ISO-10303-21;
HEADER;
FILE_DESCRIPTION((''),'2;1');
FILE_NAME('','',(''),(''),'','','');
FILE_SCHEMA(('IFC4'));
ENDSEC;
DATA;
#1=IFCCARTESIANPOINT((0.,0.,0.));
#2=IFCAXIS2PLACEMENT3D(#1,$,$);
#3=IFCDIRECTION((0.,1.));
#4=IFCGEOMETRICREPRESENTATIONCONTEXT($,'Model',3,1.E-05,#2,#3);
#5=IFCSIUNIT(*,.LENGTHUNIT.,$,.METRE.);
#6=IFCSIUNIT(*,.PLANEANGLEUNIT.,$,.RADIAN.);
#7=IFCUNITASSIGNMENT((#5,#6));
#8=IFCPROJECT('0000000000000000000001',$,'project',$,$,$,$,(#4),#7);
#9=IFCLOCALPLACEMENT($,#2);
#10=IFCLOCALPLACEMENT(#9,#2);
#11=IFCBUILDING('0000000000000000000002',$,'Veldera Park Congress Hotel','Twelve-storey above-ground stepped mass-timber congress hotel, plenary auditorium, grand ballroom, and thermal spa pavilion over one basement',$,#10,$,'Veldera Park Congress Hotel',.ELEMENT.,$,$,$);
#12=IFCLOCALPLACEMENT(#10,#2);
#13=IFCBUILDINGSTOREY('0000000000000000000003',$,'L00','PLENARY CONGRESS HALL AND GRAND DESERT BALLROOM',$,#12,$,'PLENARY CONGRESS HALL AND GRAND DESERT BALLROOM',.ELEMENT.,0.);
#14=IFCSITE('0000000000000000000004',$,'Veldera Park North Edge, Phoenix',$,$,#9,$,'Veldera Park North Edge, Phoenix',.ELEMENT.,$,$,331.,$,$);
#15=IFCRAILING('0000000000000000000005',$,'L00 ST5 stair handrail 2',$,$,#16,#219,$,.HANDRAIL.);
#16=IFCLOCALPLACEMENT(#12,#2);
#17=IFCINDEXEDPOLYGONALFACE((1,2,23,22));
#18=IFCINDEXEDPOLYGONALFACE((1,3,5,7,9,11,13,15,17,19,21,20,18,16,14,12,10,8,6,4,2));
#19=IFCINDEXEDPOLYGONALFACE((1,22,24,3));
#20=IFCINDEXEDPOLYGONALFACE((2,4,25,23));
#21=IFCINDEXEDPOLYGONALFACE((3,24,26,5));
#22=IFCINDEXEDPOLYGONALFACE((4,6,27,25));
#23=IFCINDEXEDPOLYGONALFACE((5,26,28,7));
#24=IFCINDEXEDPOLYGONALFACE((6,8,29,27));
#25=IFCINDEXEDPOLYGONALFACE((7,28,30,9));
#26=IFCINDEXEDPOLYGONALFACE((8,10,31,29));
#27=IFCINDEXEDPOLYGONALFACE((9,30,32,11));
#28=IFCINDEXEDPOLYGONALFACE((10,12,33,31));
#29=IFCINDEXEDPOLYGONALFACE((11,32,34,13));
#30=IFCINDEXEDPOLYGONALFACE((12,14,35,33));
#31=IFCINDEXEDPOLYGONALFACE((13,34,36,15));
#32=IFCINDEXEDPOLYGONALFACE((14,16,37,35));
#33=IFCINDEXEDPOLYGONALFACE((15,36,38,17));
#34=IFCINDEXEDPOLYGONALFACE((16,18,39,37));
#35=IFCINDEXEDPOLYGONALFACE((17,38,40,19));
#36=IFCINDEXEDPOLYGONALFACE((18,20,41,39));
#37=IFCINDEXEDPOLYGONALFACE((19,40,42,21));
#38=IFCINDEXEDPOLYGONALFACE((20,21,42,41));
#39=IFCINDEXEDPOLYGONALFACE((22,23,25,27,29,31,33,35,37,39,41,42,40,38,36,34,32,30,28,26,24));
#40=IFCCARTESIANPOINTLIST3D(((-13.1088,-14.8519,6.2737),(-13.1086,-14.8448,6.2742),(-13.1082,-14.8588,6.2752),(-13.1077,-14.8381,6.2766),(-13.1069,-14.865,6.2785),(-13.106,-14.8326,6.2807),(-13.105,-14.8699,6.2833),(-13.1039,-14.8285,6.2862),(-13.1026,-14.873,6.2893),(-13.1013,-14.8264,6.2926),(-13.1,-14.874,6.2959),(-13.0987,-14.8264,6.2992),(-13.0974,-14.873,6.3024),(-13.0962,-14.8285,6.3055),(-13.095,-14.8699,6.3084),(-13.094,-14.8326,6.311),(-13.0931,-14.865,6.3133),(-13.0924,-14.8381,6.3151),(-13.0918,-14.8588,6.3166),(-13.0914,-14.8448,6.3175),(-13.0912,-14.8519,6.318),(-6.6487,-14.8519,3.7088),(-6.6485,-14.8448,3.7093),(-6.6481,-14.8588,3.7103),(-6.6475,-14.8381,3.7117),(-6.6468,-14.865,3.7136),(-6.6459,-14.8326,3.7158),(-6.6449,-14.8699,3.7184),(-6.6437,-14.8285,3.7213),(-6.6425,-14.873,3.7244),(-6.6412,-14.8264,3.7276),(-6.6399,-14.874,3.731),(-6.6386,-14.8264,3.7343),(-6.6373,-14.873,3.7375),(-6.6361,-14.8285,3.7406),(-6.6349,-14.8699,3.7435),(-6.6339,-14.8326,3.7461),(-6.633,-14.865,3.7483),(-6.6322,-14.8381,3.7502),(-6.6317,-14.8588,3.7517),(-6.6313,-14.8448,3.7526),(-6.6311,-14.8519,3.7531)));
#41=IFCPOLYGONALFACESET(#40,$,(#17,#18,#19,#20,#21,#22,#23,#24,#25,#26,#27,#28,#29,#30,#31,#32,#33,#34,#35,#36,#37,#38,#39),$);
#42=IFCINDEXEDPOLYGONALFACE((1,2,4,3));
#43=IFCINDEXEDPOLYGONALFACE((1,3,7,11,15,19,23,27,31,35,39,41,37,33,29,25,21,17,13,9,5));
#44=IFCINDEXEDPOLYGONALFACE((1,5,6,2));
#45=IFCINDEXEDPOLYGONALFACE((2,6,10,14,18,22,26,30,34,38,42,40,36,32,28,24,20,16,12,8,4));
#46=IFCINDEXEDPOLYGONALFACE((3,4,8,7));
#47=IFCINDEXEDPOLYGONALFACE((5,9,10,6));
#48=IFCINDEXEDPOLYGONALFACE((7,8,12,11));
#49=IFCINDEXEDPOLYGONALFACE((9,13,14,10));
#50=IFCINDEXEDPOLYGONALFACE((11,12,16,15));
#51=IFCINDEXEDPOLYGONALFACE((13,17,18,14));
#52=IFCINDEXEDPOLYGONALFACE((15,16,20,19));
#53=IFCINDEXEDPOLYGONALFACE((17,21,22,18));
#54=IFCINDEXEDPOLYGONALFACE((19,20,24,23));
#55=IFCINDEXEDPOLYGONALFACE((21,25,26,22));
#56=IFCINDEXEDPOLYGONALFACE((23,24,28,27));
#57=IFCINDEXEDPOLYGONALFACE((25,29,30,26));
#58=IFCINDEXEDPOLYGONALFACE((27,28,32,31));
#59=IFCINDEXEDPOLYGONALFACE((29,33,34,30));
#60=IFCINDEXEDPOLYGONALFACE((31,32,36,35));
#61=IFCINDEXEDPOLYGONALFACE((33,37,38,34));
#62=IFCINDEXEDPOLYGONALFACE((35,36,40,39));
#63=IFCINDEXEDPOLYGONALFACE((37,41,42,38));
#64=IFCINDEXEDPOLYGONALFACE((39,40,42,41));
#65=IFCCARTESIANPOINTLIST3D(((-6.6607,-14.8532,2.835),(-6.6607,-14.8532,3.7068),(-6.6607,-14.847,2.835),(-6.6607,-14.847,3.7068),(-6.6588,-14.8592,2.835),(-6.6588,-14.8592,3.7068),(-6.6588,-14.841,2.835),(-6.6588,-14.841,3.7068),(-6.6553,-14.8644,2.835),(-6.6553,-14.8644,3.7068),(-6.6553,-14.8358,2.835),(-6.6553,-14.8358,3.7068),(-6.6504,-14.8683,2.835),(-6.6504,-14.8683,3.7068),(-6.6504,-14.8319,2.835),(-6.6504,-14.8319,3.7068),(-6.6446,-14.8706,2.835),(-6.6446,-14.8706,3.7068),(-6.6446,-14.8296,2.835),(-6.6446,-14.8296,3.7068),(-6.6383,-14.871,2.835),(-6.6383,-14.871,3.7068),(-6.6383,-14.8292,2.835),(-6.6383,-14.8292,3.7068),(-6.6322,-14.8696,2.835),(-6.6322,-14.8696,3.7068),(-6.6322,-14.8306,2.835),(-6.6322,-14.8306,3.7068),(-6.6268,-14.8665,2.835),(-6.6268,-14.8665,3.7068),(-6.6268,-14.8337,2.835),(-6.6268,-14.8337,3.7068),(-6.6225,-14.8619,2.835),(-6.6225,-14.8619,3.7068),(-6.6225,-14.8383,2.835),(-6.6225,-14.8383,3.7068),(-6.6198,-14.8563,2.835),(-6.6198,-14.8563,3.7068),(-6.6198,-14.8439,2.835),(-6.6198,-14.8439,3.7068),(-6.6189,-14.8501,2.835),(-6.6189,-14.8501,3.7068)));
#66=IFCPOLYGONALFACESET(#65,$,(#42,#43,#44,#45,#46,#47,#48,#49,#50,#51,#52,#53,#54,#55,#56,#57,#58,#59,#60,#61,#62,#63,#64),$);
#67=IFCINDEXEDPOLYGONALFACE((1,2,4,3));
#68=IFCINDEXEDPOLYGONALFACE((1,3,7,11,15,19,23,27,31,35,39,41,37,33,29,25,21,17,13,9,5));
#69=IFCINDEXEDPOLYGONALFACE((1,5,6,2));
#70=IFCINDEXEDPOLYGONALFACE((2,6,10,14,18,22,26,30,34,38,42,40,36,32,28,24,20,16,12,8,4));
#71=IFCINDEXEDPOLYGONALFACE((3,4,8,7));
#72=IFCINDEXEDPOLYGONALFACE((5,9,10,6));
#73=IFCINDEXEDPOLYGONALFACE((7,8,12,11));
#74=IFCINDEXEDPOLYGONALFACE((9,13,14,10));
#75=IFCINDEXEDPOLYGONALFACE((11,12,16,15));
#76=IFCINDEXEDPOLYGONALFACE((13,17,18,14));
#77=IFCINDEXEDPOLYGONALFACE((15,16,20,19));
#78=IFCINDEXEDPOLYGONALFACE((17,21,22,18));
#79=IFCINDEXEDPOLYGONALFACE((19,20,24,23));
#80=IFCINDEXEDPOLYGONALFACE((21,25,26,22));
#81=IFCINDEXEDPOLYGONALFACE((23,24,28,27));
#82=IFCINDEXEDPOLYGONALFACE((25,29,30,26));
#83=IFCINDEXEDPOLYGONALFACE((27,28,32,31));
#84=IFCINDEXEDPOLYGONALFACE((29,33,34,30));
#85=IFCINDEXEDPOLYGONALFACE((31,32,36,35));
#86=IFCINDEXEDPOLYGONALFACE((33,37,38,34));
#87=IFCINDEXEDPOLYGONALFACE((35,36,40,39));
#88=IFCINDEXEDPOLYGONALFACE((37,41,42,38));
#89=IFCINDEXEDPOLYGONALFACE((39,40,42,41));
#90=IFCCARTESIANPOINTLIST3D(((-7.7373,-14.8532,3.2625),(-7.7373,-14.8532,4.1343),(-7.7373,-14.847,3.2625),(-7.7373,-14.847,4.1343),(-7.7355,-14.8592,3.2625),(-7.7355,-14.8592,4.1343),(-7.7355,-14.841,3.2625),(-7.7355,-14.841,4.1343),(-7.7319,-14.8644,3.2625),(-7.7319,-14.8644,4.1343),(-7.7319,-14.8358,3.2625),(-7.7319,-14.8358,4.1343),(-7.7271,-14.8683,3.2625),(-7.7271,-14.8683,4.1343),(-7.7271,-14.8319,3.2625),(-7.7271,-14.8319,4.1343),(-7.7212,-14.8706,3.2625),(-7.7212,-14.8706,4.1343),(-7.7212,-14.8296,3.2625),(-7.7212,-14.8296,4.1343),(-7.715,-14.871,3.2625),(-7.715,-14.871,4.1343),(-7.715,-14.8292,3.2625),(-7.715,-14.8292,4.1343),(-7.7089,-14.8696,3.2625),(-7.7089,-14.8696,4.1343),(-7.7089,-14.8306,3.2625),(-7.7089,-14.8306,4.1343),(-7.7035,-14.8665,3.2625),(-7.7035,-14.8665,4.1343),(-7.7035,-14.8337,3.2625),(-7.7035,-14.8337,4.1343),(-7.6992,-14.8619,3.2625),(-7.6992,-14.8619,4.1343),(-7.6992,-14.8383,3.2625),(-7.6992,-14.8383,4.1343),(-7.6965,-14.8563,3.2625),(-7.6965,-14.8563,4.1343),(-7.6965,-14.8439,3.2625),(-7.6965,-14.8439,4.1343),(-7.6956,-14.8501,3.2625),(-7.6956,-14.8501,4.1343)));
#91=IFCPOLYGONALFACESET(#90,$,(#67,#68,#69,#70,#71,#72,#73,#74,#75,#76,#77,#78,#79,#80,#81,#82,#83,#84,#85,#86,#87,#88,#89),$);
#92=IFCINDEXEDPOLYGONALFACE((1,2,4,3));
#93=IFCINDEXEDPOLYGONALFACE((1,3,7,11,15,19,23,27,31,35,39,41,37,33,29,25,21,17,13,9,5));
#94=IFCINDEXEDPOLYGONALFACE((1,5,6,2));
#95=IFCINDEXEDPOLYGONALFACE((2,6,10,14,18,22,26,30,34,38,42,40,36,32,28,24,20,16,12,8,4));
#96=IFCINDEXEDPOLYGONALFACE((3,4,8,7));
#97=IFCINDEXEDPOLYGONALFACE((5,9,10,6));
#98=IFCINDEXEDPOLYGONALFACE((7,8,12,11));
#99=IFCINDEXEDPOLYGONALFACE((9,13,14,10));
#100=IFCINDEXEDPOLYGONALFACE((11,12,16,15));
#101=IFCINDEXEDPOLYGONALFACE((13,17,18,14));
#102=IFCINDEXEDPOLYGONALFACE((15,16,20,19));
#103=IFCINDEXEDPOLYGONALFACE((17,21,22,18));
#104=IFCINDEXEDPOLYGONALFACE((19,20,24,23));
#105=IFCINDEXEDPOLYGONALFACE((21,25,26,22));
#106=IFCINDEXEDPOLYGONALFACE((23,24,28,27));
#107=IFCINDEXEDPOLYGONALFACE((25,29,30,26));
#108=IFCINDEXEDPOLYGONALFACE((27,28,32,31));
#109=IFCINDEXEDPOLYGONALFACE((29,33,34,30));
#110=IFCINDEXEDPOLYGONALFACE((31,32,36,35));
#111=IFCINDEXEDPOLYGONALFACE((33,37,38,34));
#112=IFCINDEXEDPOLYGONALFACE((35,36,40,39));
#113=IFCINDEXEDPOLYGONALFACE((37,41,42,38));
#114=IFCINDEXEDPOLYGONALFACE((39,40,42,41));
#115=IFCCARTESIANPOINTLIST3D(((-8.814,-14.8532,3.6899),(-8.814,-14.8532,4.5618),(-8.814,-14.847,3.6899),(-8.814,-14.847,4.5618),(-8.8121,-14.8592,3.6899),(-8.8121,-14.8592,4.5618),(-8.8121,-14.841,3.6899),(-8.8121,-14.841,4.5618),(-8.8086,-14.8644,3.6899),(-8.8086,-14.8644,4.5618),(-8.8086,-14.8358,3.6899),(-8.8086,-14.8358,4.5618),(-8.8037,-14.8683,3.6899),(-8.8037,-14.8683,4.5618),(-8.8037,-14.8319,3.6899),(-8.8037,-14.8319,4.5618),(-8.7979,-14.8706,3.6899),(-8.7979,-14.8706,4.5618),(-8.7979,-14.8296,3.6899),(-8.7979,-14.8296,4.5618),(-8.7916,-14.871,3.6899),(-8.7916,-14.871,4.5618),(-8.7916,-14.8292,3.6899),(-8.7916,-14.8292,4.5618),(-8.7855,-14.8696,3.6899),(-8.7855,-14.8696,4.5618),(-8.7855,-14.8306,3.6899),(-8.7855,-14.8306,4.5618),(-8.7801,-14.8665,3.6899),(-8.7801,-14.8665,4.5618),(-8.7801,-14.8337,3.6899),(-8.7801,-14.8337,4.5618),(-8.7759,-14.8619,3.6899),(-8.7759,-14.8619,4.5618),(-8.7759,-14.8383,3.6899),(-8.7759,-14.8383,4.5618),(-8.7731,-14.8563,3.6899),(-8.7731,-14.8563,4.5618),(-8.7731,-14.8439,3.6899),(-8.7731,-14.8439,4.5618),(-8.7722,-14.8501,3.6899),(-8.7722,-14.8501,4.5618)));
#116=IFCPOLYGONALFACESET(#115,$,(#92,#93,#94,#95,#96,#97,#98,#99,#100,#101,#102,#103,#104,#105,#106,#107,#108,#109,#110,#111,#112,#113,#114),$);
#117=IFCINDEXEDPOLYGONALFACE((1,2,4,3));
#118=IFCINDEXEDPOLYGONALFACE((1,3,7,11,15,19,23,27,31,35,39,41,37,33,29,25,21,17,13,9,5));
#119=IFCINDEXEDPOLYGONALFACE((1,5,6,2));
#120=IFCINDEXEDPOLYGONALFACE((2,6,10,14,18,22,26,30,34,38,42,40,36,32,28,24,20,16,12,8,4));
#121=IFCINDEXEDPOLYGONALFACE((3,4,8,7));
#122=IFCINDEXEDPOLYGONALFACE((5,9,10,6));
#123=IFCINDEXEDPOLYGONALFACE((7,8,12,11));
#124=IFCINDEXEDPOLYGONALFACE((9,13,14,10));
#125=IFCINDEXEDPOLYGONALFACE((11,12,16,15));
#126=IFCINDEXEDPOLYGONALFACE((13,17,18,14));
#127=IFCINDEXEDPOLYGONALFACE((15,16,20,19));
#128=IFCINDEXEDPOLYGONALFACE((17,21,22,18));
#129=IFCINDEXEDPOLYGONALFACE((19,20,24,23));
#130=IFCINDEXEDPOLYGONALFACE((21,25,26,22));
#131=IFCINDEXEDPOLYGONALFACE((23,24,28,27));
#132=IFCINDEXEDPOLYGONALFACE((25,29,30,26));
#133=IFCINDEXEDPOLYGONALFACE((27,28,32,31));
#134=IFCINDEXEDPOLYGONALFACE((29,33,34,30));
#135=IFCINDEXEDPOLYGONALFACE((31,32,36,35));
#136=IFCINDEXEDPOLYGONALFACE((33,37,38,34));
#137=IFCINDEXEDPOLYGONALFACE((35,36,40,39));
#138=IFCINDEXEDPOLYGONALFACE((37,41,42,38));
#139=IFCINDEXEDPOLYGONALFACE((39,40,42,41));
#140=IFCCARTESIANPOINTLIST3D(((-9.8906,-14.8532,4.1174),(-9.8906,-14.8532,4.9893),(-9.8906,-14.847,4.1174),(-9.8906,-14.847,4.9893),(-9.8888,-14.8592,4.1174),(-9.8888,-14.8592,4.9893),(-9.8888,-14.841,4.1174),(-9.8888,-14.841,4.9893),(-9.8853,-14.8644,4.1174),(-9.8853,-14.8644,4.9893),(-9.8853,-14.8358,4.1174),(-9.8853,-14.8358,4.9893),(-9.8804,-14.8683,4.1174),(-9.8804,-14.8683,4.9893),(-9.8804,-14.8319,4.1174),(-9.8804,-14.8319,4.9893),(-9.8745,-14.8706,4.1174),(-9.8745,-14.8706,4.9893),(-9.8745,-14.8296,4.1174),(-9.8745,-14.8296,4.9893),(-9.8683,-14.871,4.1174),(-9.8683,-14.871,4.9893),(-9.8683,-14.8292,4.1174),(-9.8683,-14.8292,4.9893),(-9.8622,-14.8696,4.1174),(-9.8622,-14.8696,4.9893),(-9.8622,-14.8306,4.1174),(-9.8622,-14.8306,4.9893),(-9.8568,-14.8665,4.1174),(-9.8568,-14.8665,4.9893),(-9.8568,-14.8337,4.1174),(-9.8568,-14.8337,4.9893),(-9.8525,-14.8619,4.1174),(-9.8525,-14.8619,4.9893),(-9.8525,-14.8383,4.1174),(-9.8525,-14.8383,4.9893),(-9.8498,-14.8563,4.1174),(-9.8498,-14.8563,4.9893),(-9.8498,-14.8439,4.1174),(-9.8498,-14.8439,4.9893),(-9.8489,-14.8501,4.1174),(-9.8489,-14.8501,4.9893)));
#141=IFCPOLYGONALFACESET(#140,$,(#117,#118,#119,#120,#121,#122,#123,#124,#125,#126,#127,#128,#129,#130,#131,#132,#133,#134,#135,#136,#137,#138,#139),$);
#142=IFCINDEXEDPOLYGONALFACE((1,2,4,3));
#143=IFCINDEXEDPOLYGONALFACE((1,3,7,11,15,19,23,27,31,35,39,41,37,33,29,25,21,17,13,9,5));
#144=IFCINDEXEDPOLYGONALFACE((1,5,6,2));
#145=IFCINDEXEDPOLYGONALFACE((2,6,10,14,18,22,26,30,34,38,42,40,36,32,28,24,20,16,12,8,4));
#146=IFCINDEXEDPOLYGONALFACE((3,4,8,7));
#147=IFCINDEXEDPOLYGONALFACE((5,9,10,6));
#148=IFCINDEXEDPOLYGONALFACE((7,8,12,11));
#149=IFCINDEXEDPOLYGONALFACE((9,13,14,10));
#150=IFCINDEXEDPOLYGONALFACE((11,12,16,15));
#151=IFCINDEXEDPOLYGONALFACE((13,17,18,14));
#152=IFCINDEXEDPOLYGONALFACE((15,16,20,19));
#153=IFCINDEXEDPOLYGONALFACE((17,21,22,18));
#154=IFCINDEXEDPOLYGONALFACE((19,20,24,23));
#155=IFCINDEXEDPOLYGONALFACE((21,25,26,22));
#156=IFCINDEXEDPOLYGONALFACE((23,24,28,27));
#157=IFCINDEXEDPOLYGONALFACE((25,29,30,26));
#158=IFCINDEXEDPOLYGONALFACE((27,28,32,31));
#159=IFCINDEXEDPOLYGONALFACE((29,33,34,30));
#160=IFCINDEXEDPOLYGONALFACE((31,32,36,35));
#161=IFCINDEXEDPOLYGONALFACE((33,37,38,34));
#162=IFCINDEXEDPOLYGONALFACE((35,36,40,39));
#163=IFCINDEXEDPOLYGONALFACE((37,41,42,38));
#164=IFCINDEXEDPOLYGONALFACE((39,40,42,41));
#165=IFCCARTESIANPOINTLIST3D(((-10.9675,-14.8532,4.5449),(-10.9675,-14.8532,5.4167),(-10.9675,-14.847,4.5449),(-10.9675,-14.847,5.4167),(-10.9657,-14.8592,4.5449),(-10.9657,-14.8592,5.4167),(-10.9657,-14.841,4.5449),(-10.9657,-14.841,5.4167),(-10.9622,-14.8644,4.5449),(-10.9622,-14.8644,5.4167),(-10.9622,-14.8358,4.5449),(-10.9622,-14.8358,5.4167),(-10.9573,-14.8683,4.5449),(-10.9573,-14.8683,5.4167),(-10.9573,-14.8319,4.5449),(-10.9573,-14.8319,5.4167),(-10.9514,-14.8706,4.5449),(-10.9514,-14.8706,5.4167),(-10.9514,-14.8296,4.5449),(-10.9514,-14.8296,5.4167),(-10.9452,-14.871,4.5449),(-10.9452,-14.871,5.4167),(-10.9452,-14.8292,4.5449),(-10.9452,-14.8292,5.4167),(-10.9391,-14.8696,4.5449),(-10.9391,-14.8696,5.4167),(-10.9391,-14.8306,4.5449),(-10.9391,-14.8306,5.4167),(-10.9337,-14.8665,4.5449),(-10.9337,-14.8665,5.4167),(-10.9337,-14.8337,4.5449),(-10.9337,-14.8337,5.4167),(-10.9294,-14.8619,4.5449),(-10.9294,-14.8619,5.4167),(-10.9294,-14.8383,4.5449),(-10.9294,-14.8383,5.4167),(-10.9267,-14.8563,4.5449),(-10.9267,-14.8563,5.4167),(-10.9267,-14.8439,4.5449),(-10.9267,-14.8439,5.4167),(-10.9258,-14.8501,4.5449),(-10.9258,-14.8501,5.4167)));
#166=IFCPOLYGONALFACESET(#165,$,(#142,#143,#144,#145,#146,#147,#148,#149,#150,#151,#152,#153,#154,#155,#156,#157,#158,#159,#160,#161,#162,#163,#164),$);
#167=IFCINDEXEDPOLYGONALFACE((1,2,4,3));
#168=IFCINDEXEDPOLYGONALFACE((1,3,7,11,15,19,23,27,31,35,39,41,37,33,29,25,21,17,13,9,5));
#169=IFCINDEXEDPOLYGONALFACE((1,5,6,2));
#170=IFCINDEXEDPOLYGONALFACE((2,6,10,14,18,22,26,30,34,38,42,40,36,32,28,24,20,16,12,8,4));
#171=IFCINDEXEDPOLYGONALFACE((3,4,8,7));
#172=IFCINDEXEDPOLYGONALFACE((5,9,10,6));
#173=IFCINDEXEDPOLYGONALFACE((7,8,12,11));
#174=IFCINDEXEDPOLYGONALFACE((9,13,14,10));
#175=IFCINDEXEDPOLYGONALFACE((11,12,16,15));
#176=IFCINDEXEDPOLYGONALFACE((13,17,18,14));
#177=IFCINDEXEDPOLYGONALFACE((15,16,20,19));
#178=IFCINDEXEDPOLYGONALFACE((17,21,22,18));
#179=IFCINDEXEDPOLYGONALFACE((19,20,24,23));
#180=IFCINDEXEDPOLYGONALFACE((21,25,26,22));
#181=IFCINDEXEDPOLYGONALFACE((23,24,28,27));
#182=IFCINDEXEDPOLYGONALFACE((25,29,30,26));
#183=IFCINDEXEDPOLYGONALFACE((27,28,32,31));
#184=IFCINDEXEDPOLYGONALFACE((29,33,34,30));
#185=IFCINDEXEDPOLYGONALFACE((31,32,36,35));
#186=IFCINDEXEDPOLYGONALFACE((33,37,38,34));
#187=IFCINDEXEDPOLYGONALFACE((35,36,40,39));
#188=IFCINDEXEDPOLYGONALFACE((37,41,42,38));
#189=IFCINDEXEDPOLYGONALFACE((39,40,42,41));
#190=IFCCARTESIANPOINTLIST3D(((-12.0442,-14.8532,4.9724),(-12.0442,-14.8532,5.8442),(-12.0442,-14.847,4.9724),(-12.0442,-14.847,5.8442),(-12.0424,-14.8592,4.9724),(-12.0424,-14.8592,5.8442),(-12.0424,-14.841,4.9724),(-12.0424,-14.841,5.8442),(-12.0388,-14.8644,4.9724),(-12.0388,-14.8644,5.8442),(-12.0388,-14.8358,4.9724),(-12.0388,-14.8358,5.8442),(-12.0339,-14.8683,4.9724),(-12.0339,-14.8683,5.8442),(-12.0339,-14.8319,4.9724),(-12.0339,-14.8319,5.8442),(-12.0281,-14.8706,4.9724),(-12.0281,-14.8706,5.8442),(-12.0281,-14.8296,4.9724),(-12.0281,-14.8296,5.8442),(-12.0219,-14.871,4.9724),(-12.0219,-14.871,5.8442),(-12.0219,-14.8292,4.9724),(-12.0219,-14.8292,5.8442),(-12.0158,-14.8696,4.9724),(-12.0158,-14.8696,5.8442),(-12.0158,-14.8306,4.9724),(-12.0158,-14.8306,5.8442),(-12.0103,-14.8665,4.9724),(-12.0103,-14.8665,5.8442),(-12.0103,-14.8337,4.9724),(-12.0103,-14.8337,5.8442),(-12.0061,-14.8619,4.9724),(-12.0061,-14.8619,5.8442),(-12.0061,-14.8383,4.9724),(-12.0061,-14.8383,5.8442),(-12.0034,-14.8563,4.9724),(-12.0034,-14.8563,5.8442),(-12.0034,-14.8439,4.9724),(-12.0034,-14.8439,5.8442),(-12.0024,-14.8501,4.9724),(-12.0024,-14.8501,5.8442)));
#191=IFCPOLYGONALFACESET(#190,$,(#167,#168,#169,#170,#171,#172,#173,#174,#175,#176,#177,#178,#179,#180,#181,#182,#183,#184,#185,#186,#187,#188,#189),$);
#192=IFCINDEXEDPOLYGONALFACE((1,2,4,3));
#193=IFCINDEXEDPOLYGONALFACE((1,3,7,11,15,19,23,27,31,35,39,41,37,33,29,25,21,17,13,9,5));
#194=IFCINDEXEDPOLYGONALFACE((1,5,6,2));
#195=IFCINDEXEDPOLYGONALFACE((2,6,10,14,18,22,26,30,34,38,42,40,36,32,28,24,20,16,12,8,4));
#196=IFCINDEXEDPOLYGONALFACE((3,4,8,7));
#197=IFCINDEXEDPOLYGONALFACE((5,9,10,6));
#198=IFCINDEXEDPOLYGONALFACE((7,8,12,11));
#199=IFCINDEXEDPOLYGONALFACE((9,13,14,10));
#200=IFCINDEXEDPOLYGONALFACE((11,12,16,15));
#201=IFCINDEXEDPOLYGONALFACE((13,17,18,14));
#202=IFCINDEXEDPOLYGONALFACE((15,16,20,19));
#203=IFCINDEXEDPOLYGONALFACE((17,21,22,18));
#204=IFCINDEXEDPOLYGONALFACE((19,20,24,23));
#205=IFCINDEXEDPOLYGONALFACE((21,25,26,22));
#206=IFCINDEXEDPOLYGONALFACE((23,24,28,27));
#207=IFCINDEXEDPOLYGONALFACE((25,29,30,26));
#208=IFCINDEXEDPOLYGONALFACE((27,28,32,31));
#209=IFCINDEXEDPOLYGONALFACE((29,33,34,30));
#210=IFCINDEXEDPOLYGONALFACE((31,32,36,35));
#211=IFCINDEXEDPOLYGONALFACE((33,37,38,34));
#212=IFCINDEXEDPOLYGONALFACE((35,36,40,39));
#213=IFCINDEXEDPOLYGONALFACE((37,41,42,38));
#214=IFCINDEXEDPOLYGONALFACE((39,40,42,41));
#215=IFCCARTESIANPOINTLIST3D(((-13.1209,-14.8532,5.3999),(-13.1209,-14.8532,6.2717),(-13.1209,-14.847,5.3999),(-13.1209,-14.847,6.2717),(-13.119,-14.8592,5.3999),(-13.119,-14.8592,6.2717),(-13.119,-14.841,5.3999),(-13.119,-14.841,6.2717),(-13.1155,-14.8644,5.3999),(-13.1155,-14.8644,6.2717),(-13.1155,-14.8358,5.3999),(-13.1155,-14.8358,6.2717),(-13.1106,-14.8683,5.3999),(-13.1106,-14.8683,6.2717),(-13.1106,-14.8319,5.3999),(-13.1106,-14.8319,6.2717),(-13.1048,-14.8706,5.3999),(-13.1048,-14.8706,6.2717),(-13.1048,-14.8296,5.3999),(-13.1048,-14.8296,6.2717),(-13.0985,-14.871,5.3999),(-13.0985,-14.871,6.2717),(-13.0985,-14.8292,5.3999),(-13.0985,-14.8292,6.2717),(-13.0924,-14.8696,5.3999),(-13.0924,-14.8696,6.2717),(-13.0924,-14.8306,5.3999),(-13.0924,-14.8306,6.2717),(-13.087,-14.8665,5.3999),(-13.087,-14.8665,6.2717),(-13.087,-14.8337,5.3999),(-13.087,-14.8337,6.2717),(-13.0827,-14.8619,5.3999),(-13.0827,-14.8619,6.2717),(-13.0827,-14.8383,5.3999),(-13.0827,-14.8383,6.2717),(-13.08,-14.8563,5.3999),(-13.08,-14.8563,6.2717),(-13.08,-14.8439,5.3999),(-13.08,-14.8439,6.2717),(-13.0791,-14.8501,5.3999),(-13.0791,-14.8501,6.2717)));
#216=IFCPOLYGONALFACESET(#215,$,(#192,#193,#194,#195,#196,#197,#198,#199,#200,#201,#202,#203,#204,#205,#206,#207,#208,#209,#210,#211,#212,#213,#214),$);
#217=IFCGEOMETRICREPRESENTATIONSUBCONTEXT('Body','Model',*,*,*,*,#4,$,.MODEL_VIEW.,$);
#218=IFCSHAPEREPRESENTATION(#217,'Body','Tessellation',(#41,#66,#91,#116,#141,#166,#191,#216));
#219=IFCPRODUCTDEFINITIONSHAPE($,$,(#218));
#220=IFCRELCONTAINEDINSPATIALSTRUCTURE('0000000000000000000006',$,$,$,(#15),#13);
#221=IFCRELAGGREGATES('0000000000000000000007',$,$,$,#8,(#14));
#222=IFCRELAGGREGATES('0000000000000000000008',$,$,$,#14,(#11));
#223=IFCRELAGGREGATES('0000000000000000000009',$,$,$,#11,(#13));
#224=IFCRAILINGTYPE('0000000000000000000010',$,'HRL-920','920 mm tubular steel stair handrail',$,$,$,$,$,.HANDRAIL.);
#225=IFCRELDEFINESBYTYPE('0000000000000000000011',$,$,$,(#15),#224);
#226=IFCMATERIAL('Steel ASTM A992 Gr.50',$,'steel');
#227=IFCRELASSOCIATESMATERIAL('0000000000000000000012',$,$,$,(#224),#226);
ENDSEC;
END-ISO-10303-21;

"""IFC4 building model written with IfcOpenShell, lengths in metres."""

from ifc_helpers import new_model, si_unit, direction, frame, origin, origin_2d, place, context, subcontext, project, spatial, circle, extrude, material, type_object, element, save


model = new_model("IFC4")

# Units and contexts
model_context = context("Model", 3, precision=1e-05, world=origin(), true_north=direction((0.0, 1.0)))
body_context = subcontext(model_context, "Body", "Model", "MODEL_VIEW")
ifc_project = project(units=[si_unit("LENGTHUNIT", "METRE"), si_unit("PLANEANGLEUNIT", "RADIAN")], contexts=[model_context])

# Site, building, storey
site_placement = place(None, origin())
site = spatial("IfcSite", under=ifc_project, at=site_placement, Name="Veldera Park North Edge, Phoenix", LongName="Veldera Park North Edge, Phoenix", CompositionType="ELEMENT", RefElevation=331.0)
building_placement = place(site_placement, origin())
building = spatial("IfcBuilding", under=site, at=building_placement, Name="Veldera Park Congress Hotel", Description="Twelve-storey above-ground stepped mass-timber congress hotel, plenary auditorium, grand ballroom, and thermal spa pavilion over one basement", LongName="Veldera Park Congress Hotel", CompositionType="ELEMENT")
storey_placement = place(building_placement, origin())
storey = spatial("IfcBuildingStorey", under=building, at=storey_placement, Name="L00", Description="PLENARY CONGRESS HALL AND GRAND DESERT BALLROOM", LongName="PLENARY CONGRESS HALL AND GRAND DESERT BALLROOM", CompositionType="ELEMENT", Elevation=0.0)

# Shared definitions
ifc_material_1 = material(Name="Steel ASTM A992 Gr.50", Category="steel")

# Railing
railing_type_1 = type_object("IfcRailingType", Name="HRL-920", Description="920 mm tubular steel stair handrail", PredefinedType="HANDRAIL", material=ifc_material_1)
railing_1_placement = place(storey_placement, frame((-6.6399, -14.8501, 2.835)))
element("IfcRailing", 1, at=railing_1_placement, inside=storey, type_object=railing_type_1, Name="L00 ST5 stair handrail 2", PredefinedType="HANDRAIL", context=body_context, shape_type="SweptSolid", body=[
    extrude(circle(Radius=0.0239, at=origin_2d()), frame((0.0, 0.0, 0.896), z_axis=(-0.929423, 0.0, 0.369016), x_axis=(0.0, -1.0, 0.0)), (0.0, 0.0, 1.0), 6.9507),
    extrude(circle(Radius=0.021, at=origin_2d()), origin(), (0.0, 0.0, 1.0), 0.8718),
    extrude(circle(Radius=0.021, at=origin_2d()), frame((-1.0767, 0.0, 0.4275)), (0.0, 0.0, 1.0), 0.8718),
    extrude(circle(Radius=0.021, at=origin_2d()), frame((-2.1533, 0.0, 0.855)), (0.0, 0.0, 1.0), 0.8718),
    extrude(circle(Radius=0.021, at=origin_2d()), frame((-3.23, 0.0, 1.2825)), (0.0, 0.0, 1.0), 0.8718),
    extrude(circle(Radius=0.021, at=origin_2d()), frame((-4.3069, 0.0, 1.71)), (0.0, 0.0, 1.0), 0.8718),
    extrude(circle(Radius=0.021, at=origin_2d()), frame((-5.3835, 0.0, 2.1375)), (0.0, 0.0, 1.0), 0.8718),
    extrude(circle(Radius=0.021, at=origin_2d()), frame((-6.4602, 0.0, 2.5649)), (0.0, 0.0, 1.0), 0.8718),
])

save(model, "model.ifc")
